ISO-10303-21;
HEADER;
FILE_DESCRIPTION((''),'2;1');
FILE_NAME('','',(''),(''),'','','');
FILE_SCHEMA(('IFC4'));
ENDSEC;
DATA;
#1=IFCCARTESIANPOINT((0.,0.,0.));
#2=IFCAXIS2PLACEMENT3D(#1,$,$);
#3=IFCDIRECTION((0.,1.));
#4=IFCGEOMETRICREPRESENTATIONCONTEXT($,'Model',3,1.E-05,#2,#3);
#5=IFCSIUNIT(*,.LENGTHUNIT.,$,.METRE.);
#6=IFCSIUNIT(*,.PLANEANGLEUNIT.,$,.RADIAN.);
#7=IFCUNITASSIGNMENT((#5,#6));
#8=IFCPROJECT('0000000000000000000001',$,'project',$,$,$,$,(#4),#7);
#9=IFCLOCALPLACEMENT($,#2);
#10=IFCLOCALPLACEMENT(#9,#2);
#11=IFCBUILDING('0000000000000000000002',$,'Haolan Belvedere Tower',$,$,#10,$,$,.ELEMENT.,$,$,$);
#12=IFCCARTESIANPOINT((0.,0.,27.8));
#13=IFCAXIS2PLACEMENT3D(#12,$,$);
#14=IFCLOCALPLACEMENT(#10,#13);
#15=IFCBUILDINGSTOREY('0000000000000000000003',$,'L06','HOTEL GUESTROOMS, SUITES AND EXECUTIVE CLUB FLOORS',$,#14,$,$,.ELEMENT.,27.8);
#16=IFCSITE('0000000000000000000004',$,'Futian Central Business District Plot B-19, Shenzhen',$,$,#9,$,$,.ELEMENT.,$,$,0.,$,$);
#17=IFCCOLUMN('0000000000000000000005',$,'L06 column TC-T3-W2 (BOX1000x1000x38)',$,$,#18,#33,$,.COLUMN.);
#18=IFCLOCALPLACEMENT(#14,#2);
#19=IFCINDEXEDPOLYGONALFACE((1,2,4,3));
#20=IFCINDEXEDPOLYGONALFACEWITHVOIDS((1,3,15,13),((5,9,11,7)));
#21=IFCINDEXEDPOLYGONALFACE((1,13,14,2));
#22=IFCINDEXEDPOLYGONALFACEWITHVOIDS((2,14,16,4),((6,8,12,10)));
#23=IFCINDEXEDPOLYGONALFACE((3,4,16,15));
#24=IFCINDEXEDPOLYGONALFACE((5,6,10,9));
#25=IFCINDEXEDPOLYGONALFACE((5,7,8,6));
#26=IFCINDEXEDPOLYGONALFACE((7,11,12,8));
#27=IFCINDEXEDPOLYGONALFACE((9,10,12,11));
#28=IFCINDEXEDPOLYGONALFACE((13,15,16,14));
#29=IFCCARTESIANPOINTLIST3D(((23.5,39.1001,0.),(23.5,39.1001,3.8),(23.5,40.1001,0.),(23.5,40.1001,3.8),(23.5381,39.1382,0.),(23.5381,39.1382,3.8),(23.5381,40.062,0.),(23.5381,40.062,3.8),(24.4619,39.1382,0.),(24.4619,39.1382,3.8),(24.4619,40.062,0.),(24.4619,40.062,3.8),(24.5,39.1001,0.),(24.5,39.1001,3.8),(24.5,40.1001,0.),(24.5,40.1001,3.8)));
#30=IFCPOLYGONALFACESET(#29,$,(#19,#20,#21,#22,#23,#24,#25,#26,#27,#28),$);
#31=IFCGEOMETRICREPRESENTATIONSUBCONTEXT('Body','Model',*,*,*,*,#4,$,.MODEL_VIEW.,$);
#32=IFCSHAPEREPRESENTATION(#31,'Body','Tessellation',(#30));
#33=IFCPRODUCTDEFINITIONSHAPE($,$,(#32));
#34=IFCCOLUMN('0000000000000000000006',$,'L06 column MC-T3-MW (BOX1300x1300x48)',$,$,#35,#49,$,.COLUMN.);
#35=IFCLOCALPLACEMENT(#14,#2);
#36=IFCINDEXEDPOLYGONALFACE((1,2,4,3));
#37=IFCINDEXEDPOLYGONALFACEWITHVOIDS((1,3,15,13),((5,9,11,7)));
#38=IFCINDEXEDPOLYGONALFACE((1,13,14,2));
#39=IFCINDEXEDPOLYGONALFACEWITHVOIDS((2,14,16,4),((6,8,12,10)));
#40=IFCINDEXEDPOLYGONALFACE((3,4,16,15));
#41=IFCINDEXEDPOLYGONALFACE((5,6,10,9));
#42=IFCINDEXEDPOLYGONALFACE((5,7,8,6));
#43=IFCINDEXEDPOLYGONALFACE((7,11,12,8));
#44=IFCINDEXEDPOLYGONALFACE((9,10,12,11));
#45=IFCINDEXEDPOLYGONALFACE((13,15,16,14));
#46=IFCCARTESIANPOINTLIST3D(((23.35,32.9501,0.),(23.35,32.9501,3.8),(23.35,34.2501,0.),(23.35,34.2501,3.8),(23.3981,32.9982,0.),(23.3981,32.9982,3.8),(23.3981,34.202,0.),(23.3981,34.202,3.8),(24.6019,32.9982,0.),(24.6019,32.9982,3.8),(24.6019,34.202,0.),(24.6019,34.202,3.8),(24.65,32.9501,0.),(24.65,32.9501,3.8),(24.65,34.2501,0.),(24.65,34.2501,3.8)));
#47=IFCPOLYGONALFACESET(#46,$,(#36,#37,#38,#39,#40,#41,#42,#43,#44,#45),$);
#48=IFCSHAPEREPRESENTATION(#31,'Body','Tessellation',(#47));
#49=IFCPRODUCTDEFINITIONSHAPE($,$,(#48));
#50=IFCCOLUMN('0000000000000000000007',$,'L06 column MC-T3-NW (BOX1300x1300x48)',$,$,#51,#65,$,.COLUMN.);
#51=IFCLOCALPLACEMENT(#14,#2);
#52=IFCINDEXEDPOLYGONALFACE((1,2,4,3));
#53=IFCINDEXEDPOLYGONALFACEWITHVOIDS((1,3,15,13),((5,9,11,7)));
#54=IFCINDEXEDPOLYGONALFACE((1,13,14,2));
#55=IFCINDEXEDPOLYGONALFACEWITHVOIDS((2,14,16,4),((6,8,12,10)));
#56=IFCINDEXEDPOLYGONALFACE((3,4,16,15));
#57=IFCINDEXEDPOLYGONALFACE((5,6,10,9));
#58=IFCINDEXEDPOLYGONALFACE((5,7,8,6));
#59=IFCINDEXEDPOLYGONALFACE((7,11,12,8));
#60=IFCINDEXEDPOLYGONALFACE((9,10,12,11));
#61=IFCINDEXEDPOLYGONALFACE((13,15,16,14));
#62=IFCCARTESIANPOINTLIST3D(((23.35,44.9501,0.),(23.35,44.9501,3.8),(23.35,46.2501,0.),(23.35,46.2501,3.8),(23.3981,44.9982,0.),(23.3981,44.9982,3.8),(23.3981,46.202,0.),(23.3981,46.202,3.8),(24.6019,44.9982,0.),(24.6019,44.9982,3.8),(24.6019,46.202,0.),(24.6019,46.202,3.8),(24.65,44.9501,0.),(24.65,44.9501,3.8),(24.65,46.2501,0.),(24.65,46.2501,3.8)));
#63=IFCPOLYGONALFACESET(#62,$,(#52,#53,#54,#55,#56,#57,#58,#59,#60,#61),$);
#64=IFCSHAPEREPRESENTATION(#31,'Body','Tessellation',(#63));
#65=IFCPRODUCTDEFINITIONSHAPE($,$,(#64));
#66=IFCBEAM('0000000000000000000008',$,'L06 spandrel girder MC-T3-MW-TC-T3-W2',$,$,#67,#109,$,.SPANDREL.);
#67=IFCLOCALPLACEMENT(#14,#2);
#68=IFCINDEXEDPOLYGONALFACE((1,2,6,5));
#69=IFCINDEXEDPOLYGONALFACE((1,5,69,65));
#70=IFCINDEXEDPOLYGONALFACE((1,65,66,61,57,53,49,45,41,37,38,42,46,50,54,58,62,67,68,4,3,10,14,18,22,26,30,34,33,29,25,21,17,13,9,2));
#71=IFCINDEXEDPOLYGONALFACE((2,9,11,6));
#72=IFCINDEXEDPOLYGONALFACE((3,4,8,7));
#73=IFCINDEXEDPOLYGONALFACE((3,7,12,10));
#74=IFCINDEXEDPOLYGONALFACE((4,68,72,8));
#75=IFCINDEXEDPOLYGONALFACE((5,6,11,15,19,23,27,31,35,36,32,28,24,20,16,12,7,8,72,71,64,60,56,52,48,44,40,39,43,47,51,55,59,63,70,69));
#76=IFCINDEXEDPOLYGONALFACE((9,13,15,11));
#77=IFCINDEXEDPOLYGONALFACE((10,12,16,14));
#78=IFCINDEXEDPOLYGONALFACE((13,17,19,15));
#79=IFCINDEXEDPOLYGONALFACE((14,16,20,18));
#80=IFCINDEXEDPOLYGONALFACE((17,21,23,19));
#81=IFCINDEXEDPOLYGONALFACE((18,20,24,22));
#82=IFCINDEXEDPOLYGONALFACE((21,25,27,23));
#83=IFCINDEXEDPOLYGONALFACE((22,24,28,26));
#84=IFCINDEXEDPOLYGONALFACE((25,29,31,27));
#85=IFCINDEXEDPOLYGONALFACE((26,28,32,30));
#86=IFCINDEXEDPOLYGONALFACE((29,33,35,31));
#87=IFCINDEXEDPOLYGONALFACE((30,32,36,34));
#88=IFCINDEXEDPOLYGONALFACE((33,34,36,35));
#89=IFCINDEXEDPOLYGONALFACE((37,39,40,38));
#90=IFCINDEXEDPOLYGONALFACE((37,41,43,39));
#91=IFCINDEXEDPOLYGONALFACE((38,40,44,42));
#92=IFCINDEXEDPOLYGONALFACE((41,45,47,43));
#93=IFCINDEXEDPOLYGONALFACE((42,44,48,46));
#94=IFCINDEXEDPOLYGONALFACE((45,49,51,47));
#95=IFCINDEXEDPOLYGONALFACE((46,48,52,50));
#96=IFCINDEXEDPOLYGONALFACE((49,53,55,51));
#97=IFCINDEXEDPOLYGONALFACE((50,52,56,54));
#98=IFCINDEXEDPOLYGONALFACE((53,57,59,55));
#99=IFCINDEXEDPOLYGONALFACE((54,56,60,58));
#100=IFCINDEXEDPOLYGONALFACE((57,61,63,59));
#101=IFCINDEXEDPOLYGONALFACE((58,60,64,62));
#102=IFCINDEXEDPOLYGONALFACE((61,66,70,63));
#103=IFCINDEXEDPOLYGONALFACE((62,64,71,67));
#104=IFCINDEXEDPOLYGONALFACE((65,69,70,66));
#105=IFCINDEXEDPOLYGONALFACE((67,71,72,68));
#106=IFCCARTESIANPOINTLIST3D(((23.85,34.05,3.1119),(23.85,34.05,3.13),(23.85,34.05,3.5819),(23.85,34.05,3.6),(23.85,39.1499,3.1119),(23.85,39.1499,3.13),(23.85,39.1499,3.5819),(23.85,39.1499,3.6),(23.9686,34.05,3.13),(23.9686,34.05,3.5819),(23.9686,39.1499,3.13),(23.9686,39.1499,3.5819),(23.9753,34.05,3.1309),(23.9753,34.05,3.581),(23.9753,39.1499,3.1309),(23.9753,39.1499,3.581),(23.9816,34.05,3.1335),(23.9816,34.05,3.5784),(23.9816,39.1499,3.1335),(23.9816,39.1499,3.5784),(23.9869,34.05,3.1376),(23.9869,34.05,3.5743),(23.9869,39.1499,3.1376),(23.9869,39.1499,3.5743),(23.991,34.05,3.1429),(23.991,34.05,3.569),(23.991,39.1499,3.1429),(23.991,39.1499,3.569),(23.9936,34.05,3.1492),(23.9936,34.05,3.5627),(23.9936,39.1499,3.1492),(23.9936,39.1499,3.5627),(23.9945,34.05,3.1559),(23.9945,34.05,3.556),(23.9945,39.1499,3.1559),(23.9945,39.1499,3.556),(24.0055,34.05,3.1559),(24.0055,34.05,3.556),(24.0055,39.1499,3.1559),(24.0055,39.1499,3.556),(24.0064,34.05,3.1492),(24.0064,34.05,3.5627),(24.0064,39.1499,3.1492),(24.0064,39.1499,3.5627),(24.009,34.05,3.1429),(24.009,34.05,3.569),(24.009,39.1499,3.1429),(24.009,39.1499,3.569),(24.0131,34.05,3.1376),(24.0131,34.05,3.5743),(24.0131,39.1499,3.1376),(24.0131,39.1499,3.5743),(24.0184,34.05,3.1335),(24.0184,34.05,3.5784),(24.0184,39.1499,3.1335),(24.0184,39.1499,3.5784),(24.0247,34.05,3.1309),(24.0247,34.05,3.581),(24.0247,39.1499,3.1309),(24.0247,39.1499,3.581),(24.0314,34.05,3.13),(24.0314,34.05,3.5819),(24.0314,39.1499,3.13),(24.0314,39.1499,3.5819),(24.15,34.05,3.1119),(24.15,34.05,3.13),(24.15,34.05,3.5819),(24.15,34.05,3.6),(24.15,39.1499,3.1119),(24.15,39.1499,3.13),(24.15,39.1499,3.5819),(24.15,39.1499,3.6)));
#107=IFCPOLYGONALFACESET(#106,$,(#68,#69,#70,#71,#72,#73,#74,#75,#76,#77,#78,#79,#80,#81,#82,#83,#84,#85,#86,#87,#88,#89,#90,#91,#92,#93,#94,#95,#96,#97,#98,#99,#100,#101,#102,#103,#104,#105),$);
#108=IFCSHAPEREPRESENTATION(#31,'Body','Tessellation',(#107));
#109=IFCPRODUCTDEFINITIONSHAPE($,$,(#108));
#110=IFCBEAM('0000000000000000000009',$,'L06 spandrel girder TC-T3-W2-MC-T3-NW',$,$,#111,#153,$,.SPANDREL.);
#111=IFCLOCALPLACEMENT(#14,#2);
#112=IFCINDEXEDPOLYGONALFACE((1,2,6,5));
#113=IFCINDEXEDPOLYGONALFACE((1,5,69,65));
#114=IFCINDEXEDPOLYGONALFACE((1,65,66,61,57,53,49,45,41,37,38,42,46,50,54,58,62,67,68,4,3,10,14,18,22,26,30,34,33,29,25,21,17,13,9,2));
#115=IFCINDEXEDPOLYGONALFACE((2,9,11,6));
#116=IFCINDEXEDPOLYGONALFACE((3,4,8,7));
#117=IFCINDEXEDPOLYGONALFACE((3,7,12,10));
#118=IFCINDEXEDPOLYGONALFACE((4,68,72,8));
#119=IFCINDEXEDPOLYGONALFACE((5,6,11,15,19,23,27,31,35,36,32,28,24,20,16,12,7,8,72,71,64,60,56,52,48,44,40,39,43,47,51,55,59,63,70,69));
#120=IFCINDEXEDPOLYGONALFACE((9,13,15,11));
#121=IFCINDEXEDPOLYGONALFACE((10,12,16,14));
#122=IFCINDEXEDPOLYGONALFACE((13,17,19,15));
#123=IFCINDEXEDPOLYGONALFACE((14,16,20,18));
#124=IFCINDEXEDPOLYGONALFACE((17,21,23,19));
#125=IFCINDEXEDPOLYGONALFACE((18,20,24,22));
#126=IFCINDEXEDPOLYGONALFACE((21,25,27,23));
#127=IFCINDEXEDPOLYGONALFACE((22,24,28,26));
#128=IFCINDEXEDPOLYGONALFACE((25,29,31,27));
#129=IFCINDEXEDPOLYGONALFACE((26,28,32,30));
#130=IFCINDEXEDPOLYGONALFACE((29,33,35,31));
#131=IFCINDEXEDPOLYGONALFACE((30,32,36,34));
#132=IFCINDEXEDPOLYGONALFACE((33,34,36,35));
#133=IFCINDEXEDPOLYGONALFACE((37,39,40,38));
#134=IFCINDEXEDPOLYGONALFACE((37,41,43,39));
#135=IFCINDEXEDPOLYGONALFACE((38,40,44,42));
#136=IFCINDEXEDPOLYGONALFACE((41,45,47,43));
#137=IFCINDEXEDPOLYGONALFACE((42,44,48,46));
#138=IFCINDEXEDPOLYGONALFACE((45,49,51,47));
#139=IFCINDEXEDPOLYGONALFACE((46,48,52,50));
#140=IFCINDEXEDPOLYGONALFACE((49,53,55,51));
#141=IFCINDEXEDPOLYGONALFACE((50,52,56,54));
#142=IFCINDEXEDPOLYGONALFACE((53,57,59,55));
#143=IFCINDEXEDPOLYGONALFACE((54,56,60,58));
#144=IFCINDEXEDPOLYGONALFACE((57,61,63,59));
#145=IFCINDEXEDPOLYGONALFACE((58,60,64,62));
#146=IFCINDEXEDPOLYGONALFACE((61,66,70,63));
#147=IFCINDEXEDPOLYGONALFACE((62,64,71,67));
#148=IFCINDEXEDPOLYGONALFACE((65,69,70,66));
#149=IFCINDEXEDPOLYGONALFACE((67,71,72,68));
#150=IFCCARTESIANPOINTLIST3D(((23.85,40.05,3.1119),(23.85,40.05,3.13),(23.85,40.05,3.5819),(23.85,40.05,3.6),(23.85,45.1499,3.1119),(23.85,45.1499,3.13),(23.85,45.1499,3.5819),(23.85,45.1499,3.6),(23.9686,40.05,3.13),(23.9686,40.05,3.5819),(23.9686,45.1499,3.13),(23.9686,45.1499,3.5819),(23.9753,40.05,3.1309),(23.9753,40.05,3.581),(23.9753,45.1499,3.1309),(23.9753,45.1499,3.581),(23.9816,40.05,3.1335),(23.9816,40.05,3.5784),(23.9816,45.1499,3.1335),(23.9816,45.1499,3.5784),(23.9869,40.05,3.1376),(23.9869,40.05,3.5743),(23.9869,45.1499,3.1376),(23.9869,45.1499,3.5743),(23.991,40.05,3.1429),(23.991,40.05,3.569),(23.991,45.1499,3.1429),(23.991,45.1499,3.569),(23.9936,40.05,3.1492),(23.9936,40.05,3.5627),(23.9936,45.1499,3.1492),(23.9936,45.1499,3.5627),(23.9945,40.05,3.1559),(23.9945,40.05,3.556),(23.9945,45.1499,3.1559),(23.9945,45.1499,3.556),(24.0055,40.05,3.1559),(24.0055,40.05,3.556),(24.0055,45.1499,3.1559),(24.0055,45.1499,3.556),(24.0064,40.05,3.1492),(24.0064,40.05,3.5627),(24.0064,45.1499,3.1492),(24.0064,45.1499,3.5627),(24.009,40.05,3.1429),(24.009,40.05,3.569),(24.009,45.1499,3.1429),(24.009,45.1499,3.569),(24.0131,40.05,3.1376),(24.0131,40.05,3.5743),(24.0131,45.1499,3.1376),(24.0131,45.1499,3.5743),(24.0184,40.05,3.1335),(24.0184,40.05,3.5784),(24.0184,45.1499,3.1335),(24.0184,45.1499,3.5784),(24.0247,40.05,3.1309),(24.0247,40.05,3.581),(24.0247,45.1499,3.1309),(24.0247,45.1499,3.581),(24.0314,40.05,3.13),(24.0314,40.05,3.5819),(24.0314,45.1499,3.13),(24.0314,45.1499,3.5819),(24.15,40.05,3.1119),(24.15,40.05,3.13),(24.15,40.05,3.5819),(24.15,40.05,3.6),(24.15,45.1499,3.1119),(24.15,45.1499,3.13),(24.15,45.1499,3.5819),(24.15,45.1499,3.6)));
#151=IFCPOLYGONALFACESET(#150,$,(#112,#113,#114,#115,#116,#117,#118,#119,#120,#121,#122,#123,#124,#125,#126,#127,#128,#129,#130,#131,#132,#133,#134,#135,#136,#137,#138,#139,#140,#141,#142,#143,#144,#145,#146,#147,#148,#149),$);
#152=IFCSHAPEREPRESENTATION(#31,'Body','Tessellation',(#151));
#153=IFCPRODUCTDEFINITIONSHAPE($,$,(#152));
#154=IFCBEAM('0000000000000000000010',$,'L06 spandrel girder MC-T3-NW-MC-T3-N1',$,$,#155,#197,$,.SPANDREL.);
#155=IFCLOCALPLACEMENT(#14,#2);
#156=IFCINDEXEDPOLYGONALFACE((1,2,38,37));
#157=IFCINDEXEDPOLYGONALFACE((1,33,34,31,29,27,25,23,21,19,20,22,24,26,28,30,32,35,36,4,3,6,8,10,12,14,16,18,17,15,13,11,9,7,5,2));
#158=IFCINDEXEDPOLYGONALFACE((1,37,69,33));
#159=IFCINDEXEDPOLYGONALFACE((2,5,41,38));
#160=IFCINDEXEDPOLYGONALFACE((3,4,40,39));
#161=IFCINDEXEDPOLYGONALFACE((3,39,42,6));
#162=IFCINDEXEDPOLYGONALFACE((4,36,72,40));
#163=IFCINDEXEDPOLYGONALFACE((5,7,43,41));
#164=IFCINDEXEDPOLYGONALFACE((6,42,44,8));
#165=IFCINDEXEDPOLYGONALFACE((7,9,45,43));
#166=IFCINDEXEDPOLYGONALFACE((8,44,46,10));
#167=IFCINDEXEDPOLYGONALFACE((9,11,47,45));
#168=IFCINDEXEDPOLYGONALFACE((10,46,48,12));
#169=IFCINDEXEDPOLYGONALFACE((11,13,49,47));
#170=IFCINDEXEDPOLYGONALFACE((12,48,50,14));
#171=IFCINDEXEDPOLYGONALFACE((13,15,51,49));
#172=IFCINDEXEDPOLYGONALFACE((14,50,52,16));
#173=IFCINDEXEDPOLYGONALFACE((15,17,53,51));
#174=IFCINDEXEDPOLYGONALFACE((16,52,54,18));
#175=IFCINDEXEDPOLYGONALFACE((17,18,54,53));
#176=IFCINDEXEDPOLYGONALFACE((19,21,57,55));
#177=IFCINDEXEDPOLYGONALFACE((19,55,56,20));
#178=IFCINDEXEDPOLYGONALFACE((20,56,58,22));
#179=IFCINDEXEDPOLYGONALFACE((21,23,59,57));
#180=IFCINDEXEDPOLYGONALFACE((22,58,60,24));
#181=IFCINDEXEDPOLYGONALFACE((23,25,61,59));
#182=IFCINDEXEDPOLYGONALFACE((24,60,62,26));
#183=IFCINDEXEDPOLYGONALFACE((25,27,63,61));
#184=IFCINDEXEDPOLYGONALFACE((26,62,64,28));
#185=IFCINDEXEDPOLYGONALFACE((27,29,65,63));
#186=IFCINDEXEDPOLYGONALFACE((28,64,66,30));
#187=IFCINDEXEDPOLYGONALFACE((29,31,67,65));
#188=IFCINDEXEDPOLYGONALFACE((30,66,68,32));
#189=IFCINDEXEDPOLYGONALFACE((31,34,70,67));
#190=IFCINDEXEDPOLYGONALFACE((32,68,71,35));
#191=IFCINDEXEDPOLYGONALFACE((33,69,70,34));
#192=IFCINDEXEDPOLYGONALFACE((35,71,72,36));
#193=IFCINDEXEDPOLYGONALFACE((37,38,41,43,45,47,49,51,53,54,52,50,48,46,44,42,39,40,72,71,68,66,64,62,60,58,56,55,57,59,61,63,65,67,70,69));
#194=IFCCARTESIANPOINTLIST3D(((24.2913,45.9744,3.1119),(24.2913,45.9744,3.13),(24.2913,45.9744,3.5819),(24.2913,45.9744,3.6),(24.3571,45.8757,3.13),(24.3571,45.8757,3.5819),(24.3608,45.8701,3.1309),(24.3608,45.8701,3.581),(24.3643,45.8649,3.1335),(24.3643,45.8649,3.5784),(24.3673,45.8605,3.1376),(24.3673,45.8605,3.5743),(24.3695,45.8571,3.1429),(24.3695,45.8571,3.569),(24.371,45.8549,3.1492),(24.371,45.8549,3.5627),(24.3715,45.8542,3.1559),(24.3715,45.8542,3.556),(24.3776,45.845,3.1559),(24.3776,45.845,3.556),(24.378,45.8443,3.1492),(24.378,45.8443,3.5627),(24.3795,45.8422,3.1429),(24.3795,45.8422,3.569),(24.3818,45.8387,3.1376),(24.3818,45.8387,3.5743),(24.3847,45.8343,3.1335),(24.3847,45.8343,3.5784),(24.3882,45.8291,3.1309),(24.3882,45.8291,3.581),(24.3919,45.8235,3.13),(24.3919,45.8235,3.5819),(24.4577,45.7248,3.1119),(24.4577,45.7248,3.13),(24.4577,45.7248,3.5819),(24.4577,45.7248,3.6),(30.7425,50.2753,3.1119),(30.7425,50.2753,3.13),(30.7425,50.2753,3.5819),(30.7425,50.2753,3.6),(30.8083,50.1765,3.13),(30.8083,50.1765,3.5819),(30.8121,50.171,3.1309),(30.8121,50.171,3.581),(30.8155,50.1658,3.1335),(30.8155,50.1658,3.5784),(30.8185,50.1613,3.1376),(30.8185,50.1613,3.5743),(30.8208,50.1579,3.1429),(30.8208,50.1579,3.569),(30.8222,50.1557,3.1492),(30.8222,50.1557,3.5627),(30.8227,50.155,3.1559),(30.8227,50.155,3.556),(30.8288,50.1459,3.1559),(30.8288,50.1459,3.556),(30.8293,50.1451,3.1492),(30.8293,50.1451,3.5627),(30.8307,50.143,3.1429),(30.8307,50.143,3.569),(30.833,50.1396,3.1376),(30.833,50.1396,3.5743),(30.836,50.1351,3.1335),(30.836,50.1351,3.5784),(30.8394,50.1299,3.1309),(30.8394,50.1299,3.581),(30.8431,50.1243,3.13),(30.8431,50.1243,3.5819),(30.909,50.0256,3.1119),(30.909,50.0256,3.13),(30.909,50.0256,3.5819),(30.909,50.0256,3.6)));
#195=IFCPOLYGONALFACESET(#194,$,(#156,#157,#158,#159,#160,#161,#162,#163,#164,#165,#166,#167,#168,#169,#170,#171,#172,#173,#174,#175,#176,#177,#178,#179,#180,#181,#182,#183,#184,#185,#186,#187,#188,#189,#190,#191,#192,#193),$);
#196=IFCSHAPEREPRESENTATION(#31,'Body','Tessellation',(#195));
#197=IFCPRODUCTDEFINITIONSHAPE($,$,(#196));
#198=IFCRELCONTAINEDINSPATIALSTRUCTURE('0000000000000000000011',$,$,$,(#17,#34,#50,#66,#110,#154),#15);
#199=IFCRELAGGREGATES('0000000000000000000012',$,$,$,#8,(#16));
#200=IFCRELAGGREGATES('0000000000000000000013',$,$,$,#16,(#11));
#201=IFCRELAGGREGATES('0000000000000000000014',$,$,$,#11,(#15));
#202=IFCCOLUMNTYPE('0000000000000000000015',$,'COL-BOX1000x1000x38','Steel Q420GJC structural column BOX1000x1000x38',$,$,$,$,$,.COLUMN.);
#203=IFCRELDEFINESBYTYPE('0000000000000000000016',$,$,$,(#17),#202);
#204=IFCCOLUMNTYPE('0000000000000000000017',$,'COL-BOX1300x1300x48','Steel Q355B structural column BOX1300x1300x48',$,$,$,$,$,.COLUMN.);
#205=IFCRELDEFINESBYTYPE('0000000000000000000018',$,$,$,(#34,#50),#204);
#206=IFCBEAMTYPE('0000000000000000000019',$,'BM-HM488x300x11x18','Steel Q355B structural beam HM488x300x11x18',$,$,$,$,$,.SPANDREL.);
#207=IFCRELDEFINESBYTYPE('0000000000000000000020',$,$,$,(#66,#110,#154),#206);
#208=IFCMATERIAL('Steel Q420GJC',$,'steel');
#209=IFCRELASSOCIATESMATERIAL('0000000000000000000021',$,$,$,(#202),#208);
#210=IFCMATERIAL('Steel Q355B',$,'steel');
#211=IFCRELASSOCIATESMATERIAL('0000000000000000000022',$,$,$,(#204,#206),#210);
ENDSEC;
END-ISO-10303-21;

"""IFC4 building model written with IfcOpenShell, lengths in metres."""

from ifc_helpers import new_model, si_unit, direction, frame, origin, origin_2d, place, context, subcontext, project, spatial, hollow_rectangle, i_section, extrude, material, material_profile, profile_set, type_object, element, save


model = new_model("IFC4")

# Units and contexts
model_context = context("Model", 3, precision=1e-05, world=origin(), true_north=direction((0.0, 1.0)))
body_context = subcontext(model_context, "Body", "Model", "MODEL_VIEW")
ifc_project = project(units=[si_unit("LENGTHUNIT", "METRE"), si_unit("PLANEANGLEUNIT", "RADIAN")], contexts=[model_context])

# Site, building, storey
site_placement = place(None, origin())
site = spatial("IfcSite", under=ifc_project, at=site_placement, Name="Futian Central Business District Plot B-19, Shenzhen", CompositionType="ELEMENT", RefElevation=0.0)
building_placement = place(site_placement, origin())
building = spatial("IfcBuilding", under=site, at=building_placement, Name="Haolan Belvedere Tower", CompositionType="ELEMENT")
storey_placement = place(building_placement, frame((0.0, 0.0, 27.8)))
storey = spatial("IfcBuildingStorey", under=building, at=storey_placement, Name="L06", Description="HOTEL GUESTROOMS, SUITES AND EXECUTIVE CLUB FLOORS", CompositionType="ELEMENT", Elevation=27.8)

# Columns
ifc_material_1 = material(Name="Steel Q420GJC", Category="steel")
ifc_material_profile_1 = material_profile(ifc_material_1, hollow_rectangle(XDim=1.0, YDim=1.0, WallThickness=0.0381, at=origin_2d()), Name="Steel Q420GJC")
ifc_profile_set_1 = profile_set([ifc_material_profile_1], Name="Steel Q420GJC")
column_type_1 = type_object("IfcColumnType", Name="COL-BOX1000x1000x38", Description="Steel Q420GJC structural column BOX1000x1000x38", PredefinedType="COLUMN", material=ifc_profile_set_1)
column_placement = place(storey_placement, frame((24.0, 39.6001, 0.0), z_axis=(0.0, 0.0, 1.0), x_axis=(1.0, 0.0, 0.0)))
element("IfcColumn", 1, at=column_placement, inside=storey, type_object=column_type_1, Name="L06 column TC-T3-W2 (BOX1000x1000x38)", PredefinedType="COLUMN", context=body_context, shape_type="SweptSolid", body=[
    extrude(hollow_rectangle(XDim=1.0, YDim=1.0, WallThickness=0.0381, at=origin_2d()), origin(), (0.0, 0.0, 1.0), 3.8),
])
ifc_material_2 = material(Name="Steel Q355B", Category="steel")
ifc_material_profile_2 = material_profile(ifc_material_2, hollow_rectangle(XDim=1.3, YDim=1.3, WallThickness=0.0481, at=origin_2d()), Name="Steel Q355B")
ifc_profile_set_2 = profile_set([ifc_material_profile_2], Name="Steel Q355B")
column_type_2 = type_object("IfcColumnType", Name="COL-BOX1300x1300x48", Description="Steel Q355B structural column BOX1300x1300x48", PredefinedType="COLUMN", material=ifc_profile_set_2)
for number, where, z_axis, x_axis, name in (
    (2, (24.0, 33.6001, 0.0), (0.0, 0.0, 1.0), (1.0, 0.0, 0.0), "L06 column MC-T3-MW (BOX1300x1300x48)"),
    (3, (24.0, 45.6001, 0.0), (0.0, 0.0, 1.0), (1.0, 0.0, 0.0), "L06 column MC-T3-NW (BOX1300x1300x48)"),
):
    element("IfcColumn", number, at=place(storey_placement, frame(where, z_axis=z_axis, x_axis=x_axis)), inside=storey, type_object=column_type_2, Name=name, PredefinedType="COLUMN", context=body_context, shape_type="SweptSolid", body=[
        extrude(hollow_rectangle(XDim=1.3, YDim=1.3, WallThickness=0.0481, at=origin_2d()), origin(), (0.0, 0.0, 1.0), 3.8),
    ])

# Beams
ifc_material_profile_3 = material_profile(ifc_material_2, i_section(OverallWidth=0.3, OverallDepth=0.488, WebThickness=0.011, FlangeThickness=0.0181, FilletRadius=0.0259, at=origin_2d()), Name="Steel Q355B")
ifc_profile_set_3 = profile_set([ifc_material_profile_3], Name="Steel Q355B")
beam_type_1 = type_object("IfcBeamType", Name="BM-HM488x300x11x18", Description="Steel Q355B structural beam HM488x300x11x18", PredefinedType="SPANDREL", material=ifc_profile_set_3)
for number, where, z_axis, x_axis, name in (
    (4, (24.0, 34.05, 3.356), (0.0, 1.0, 0.0), (-1.0, 0.0, 0.0), "L06 spandrel girder MC-T3-MW-TC-T3-W2"),
    (5, (24.0, 40.05, 3.356), (0.0, 1.0, 0.0), (-1.0, 0.0, 0.0), "L06 spandrel girder TC-T3-W2-MC-T3-NW"),
):
    element("IfcBeam", number, at=place(storey_placement, frame(where, z_axis=z_axis, x_axis=x_axis)), inside=storey, type_object=beam_type_1, Name=name, PredefinedType="SPANDREL", context=body_context, shape_type="SweptSolid", body=[
        extrude(i_section(OverallWidth=0.3, OverallDepth=0.488, WebThickness=0.011, FlangeThickness=0.0181, FilletRadius=0.0259, at=origin_2d()), origin(), (0.0, 0.0, 1.0), 5.0999),
    ])
beam_placement = place(storey_placement, frame((24.3745, 45.8496, 3.356), z_axis=(0.83205, 0.5547, 0.0), x_axis=(-0.5547, 0.83205, 0.0)))
element("IfcBeam", 6, at=beam_placement, inside=storey, type_object=beam_type_1, Name="L06 spandrel girder MC-T3-NW-MC-T3-N1", PredefinedType="SPANDREL", context=body_context, shape_type="SweptSolid", body=[
    extrude(i_section(OverallWidth=0.3, OverallDepth=0.488, WebThickness=0.011, FlangeThickness=0.0181, FilletRadius=0.0259, at=origin_2d()), origin(), (0.0, 0.0, 1.0), 7.7534),
])

save(model, "model.ifc")
